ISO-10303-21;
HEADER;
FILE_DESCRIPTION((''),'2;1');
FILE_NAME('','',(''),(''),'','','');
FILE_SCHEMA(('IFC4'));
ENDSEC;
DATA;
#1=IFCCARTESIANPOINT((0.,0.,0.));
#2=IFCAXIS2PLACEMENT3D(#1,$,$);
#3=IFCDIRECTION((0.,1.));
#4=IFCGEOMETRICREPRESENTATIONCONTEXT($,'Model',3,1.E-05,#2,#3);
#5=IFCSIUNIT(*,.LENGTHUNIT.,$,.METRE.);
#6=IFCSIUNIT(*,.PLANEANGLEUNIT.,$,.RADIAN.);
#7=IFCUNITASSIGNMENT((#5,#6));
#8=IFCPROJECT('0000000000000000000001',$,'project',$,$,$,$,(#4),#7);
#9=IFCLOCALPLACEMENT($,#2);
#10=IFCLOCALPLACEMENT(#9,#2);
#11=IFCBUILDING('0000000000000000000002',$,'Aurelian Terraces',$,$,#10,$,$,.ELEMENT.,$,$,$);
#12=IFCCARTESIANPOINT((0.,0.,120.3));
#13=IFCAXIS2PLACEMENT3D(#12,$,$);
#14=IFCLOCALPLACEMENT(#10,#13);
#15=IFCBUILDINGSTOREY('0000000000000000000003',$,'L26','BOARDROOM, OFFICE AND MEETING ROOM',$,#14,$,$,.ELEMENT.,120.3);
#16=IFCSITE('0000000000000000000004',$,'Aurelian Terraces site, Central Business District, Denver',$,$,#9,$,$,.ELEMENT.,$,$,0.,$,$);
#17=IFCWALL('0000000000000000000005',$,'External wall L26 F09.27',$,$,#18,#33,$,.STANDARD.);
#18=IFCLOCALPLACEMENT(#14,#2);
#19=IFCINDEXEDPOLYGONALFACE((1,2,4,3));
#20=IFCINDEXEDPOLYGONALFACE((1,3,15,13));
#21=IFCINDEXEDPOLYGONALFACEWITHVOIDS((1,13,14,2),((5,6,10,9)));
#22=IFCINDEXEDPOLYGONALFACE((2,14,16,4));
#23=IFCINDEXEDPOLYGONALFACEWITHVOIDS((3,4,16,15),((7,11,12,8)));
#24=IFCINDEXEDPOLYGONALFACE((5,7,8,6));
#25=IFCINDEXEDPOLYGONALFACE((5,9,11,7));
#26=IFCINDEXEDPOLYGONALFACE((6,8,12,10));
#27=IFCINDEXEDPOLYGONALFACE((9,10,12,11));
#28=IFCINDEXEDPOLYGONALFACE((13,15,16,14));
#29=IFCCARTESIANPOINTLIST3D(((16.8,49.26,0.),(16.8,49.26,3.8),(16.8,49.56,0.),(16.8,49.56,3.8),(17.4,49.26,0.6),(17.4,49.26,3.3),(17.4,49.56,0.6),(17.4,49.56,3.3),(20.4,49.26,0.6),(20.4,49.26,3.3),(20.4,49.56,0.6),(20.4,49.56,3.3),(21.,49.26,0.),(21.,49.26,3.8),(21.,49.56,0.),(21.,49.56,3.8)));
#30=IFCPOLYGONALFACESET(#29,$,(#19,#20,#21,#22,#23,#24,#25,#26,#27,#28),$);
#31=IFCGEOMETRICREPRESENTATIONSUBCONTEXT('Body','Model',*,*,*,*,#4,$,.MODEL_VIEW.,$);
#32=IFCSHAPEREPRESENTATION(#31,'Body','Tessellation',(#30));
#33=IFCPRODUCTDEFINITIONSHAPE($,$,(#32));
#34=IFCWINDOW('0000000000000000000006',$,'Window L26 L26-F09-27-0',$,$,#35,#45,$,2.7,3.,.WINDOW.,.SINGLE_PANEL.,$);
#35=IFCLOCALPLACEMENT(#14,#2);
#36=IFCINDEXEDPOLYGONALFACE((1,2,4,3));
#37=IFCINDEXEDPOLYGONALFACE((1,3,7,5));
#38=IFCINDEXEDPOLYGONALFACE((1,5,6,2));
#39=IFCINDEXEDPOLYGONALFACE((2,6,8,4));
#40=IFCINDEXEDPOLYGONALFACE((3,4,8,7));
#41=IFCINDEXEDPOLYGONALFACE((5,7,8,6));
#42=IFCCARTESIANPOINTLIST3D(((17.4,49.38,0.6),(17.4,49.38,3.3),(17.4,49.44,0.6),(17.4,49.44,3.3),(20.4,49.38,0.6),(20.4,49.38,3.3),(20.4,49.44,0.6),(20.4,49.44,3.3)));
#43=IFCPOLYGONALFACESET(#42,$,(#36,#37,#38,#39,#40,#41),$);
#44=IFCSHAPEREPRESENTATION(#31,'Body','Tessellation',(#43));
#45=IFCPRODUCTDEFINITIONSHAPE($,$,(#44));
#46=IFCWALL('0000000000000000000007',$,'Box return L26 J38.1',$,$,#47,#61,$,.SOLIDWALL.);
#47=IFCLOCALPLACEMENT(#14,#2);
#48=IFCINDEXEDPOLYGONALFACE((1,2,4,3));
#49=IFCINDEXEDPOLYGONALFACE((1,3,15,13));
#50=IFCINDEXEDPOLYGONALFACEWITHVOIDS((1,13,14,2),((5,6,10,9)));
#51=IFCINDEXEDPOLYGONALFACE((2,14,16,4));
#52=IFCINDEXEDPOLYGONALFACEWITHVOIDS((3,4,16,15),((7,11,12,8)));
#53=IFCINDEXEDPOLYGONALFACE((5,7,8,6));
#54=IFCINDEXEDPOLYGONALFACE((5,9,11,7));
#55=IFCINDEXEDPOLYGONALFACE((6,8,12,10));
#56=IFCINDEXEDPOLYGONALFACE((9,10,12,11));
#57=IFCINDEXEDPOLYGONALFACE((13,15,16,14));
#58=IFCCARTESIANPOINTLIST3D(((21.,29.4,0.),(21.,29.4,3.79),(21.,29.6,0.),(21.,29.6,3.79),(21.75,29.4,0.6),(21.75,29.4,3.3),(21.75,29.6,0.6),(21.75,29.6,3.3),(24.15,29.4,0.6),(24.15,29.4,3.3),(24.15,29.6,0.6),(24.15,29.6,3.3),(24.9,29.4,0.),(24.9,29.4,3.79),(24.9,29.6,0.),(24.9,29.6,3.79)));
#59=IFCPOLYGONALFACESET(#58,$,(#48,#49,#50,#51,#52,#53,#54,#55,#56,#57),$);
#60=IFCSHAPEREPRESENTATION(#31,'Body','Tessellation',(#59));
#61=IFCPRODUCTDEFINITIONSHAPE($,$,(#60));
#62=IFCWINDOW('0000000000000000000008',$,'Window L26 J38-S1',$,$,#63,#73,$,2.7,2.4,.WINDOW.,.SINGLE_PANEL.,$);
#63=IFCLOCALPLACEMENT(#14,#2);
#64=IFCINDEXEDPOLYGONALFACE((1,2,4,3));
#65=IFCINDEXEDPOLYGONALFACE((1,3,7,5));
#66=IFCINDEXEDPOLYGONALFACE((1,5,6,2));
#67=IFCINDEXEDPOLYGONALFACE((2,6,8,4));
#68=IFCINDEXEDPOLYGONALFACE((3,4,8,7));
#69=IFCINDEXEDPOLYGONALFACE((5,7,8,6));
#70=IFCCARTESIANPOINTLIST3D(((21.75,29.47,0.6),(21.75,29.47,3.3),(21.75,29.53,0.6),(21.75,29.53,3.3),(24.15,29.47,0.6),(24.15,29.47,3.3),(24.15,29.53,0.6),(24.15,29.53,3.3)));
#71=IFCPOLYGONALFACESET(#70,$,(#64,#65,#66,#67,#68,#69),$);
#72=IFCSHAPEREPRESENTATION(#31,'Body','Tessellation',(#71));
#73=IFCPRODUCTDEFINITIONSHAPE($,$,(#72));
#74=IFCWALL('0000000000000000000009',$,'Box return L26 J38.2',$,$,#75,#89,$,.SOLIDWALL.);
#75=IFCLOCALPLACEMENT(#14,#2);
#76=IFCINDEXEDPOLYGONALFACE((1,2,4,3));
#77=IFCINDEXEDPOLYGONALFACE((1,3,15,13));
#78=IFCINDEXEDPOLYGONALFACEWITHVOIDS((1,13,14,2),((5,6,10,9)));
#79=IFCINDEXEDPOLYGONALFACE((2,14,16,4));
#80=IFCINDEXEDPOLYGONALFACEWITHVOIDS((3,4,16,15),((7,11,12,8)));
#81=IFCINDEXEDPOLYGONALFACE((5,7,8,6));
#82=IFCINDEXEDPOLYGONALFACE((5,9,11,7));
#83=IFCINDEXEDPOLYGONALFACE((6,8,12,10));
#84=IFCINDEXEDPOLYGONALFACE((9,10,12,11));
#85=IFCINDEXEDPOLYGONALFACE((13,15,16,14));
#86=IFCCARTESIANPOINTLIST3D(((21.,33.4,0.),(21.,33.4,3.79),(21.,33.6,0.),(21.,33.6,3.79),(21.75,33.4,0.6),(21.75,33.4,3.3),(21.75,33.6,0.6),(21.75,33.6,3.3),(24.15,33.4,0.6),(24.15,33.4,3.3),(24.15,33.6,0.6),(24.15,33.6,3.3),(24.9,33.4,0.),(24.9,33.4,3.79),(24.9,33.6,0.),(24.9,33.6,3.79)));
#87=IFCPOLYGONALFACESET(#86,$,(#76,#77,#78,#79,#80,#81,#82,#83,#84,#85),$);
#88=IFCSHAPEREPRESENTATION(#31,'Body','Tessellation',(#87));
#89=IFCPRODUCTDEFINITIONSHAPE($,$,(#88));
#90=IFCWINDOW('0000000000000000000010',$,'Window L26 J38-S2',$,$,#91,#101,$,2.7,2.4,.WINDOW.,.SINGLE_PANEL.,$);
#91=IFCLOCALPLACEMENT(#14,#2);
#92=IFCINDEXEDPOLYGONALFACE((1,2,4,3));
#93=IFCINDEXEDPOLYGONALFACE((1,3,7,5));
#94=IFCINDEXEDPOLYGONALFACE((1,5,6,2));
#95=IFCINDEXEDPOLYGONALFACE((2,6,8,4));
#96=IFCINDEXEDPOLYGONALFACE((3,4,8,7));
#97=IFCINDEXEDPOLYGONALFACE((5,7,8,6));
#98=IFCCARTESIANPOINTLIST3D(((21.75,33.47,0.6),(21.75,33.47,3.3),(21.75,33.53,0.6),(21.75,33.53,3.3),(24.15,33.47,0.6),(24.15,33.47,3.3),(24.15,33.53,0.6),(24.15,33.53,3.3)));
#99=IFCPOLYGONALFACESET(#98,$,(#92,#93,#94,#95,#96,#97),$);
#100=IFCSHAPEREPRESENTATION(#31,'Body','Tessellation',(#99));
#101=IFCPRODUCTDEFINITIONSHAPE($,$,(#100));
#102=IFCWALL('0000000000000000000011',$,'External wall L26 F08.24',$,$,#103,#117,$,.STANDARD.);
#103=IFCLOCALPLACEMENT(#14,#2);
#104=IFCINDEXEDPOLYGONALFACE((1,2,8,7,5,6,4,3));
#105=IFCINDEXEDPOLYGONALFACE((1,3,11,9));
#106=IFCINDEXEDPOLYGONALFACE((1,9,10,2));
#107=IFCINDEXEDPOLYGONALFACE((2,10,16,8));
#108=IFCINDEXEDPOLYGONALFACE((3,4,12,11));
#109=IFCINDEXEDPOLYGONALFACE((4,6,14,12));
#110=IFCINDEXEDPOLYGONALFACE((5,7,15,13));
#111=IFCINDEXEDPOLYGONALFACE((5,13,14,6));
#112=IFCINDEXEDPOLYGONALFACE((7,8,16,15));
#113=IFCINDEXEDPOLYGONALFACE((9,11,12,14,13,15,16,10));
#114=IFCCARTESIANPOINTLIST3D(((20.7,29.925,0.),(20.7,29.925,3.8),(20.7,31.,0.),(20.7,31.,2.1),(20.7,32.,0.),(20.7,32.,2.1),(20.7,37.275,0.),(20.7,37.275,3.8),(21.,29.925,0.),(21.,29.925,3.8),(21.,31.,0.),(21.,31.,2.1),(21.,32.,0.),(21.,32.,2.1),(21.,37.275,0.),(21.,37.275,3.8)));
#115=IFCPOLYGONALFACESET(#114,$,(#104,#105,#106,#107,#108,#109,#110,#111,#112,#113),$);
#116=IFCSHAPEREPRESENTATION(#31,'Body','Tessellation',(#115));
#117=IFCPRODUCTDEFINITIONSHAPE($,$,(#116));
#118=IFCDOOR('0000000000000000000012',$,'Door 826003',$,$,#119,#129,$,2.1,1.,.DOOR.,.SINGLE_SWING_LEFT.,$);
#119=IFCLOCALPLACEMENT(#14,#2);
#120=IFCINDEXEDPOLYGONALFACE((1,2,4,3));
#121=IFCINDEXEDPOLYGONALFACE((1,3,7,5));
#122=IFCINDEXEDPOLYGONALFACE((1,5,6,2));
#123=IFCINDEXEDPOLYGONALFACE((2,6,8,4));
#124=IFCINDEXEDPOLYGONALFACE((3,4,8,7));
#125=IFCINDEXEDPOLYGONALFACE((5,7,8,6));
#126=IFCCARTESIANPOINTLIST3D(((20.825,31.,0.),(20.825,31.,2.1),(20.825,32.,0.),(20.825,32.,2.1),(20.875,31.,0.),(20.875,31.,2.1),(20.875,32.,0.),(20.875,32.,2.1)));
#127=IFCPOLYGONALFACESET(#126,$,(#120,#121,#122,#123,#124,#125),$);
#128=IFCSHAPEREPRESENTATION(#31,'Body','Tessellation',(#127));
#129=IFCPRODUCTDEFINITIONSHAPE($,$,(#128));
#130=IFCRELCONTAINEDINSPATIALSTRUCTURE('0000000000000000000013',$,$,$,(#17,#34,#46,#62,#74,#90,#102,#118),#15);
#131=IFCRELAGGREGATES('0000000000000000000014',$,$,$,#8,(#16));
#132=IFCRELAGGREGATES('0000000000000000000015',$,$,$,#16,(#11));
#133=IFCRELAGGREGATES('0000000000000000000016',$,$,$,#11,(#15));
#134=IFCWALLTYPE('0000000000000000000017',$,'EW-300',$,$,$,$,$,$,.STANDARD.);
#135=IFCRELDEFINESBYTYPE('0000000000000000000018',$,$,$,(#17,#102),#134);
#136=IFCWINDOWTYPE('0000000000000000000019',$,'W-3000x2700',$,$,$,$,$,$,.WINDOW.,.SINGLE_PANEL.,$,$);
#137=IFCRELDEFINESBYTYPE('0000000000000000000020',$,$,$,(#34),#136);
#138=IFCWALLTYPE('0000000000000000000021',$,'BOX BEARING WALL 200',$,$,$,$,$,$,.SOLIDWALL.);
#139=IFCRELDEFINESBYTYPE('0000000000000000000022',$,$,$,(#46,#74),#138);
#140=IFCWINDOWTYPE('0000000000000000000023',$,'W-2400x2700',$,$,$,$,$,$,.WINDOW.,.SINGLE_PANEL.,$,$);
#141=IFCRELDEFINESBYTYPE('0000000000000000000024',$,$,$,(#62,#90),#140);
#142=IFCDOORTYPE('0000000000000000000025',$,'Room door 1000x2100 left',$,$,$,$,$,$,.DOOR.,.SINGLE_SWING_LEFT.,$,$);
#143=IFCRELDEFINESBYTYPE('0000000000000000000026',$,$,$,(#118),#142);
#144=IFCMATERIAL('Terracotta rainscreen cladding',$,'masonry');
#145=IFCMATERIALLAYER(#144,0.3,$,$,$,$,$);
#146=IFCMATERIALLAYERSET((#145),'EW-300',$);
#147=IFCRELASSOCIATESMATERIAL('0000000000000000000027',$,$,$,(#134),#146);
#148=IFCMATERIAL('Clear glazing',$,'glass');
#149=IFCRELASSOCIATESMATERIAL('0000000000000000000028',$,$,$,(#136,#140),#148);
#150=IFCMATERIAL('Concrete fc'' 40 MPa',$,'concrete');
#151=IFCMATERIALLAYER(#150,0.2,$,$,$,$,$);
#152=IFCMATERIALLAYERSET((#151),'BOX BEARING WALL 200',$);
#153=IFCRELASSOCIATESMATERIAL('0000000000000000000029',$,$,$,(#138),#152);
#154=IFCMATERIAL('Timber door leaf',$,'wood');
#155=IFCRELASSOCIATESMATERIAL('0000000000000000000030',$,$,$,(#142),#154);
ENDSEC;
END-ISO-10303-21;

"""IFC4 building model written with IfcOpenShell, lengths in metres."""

from ifc_helpers import new_model, si_unit, direction, frame, frame_2d, origin, place, context, subcontext, project, spatial, rectangle, extrude, source, transform, mapped, material, layer, layer_set, type_object, element, fill, save


model = new_model("IFC4")

# Units and contexts
model_context = context("Model", 3, precision=1e-05, world=origin(), true_north=direction((0.0, 1.0)))
body_context = subcontext(model_context, "Body", "Model", "MODEL_VIEW")
ifc_project = project(units=[si_unit("LENGTHUNIT", "METRE"), si_unit("PLANEANGLEUNIT", "RADIAN")], contexts=[model_context])

# Site, building, storey
site_placement = place(None, origin())
site = spatial("IfcSite", under=ifc_project, at=site_placement, Name="Aurelian Terraces site, Central Business District, Denver", CompositionType="ELEMENT", RefElevation=0.0)
building_placement = place(site_placement, origin())
building = spatial("IfcBuilding", under=site, at=building_placement, Name="Aurelian Terraces", CompositionType="ELEMENT")
storey_placement = place(building_placement, frame((0.0, 0.0, 120.3)))
storey = spatial("IfcBuildingStorey", under=building, at=storey_placement, Name="L26", Description="BOARDROOM, OFFICE AND MEETING ROOM", CompositionType="ELEMENT", Elevation=120.3)

# Walls, openings, windows
ifc_material_1 = material(Name="Terracotta rainscreen cladding", Category="masonry")
ifc_layer_1 = layer(ifc_material_1, 0.3)
ifc_layer_set_1 = layer_set([ifc_layer_1], Name="EW-300")
wall_type_1 = type_object("IfcWallType", Name="EW-300", PredefinedType="STANDARD", material=ifc_layer_set_1)
shared_shape_1 = source(origin(), body_context, "Body", "SweptSolid", [
    extrude(rectangle(XDim=4.2, YDim=0.3, at=frame_2d((2.1, 0.0))), origin(), (0.0, 0.0, 1.0), 3.8),
])
wall_1_placement = place(storey_placement, frame((21.0, 49.41, 0.0), z_axis=(0.0, 0.0, 1.0), x_axis=(-1.0, 0.0, 0.0)))
wall_1 = element("IfcWall", 1, at=wall_1_placement, inside=storey, type_object=wall_type_1, Name="External wall L26 F09.27", PredefinedType="STANDARD", context=body_context, shape_type="MappedRepresentation", body=[
    mapped(shared_shape_1, transform((0.0, 0.0, 0.0), scale=1.0)),
])
shared_shape_2 = source(origin(), body_context, "Body", "SweptSolid", [
    extrude(rectangle(XDim=3.0, YDim=2.7, at=frame_2d((1.5, 1.35))), frame((0.0, 0.16, 0.0), z_axis=(0.0, -1.0, 0.0), x_axis=(1.0, 0.0, 0.0)), (0.0, 0.0, 1.0), 0.32),
])
opening_1_placement = place(wall_1_placement, frame((0.6, 0.0, 0.6)))
opening_1 = element("IfcOpeningElement", 2, at=opening_1_placement, cuts=wall_1, PredefinedType="OPENING", context=body_context, shape_type="MappedRepresentation", body=[
    mapped(shared_shape_2, transform((0.0, 0.0, 0.0), scale=1.0)),
])
ifc_material_2 = material(Name="Clear glazing", Category="glass")
window_type_1 = type_object("IfcWindowType", Name="W-3000x2700", PartitioningType="SINGLE_PANEL", PredefinedType="WINDOW", material=ifc_material_2)
shared_shape_3 = source(origin(), body_context, "Body", "SweptSolid", [
    extrude(rectangle(XDim=3.0, YDim=2.7, at=frame_2d((1.5, 1.35))), frame((0.0, 0.03, 0.0), z_axis=(0.0, -1.0, 0.0), x_axis=(1.0, 0.0, 0.0)), (0.0, 0.0, 1.0), 0.06),
])
window_1_placement = place(opening_1_placement, origin())
window_1 = element("IfcWindow", 3, at=window_1_placement, inside=storey, type_object=window_type_1, Name="Window L26 L26-F09-27-0", OverallHeight=2.7, OverallWidth=3.0, PartitioningType="SINGLE_PANEL", PredefinedType="WINDOW", context=body_context, shape_type="MappedRepresentation", body=[
    mapped(shared_shape_3, transform((0.0, 0.0, 0.0), scale=1.0)),
])
fill(opening_1, window_1)
ifc_material_3 = material(Name="Concrete fc' 40 MPa", Category="concrete")
ifc_layer_2 = layer(ifc_material_3, 0.2)
ifc_layer_set_2 = layer_set([ifc_layer_2], Name="BOX BEARING WALL 200")
wall_type_2 = type_object("IfcWallType", Name="BOX BEARING WALL 200", PredefinedType="SOLIDWALL", material=ifc_layer_set_2)
shared_shape_4 = source(origin(), body_context, "Body", "SweptSolid", [
    extrude(rectangle(XDim=3.9, YDim=0.2, at=frame_2d((1.95, 0.0))), origin(), (0.0, 0.0, 1.0), 3.79),
])
wall_2_placement = place(storey_placement, frame((21.0, 29.5, 0.0), z_axis=(0.0, 0.0, 1.0), x_axis=(1.0, 0.0, 0.0)))
wall_2 = element("IfcWall", 4, at=wall_2_placement, inside=storey, type_object=wall_type_2, Name="Box return L26 J38.1", PredefinedType="SOLIDWALL", context=body_context, shape_type="MappedRepresentation", body=[
    mapped(shared_shape_4, transform((0.0, 0.0, 0.0), scale=1.0)),
])
shared_shape_5 = source(origin(), body_context, "Body", "SweptSolid", [
    extrude(rectangle(XDim=2.4, YDim=2.7, at=frame_2d((1.2, 1.35))), frame((0.0, 0.11, 0.0), z_axis=(0.0, -1.0, 0.0), x_axis=(1.0, 0.0, 0.0)), (0.0, 0.0, 1.0), 0.22),
])
opening_2_placement = place(wall_2_placement, frame((0.75, 0.0, 0.6)))
opening_2 = element("IfcOpeningElement", 5, at=opening_2_placement, cuts=wall_2, PredefinedType="OPENING", context=body_context, shape_type="MappedRepresentation", body=[
    mapped(shared_shape_5, transform((0.0, 0.0, 0.0), scale=1.0)),
])
window_type_2 = type_object("IfcWindowType", Name="W-2400x2700", PartitioningType="SINGLE_PANEL", PredefinedType="WINDOW", material=ifc_material_2)
shared_shape_6 = source(origin(), body_context, "Body", "SweptSolid", [
    extrude(rectangle(XDim=2.4, YDim=2.7, at=frame_2d((1.2, 1.35))), frame((0.0, 0.03, 0.0), z_axis=(0.0, -1.0, 0.0), x_axis=(1.0, 0.0, 0.0)), (0.0, 0.0, 1.0), 0.06),
])
window_2_placement = place(opening_2_placement, origin())
window_2 = element("IfcWindow", 6, at=window_2_placement, inside=storey, type_object=window_type_2, Name="Window L26 J38-S1", OverallHeight=2.7, OverallWidth=2.4, PartitioningType="SINGLE_PANEL", PredefinedType="WINDOW", context=body_context, shape_type="MappedRepresentation", body=[
    mapped(shared_shape_6, transform((0.0, 0.0, 0.0), scale=1.0)),
])
fill(opening_2, window_2)
wall_3_placement = place(storey_placement, frame((21.0, 33.5, 0.0), z_axis=(0.0, 0.0, 1.0), x_axis=(1.0, 0.0, 0.0)))
wall_3 = element("IfcWall", 7, at=wall_3_placement, inside=storey, type_object=wall_type_2, Name="Box return L26 J38.2", PredefinedType="SOLIDWALL", context=body_context, shape_type="MappedRepresentation", body=[
    mapped(shared_shape_4, transform((0.0, 0.0, 0.0), scale=1.0)),
])
opening_3_placement = place(wall_3_placement, frame((0.75, 0.0, 0.6)))
opening_3 = element("IfcOpeningElement", 8, at=opening_3_placement, cuts=wall_3, PredefinedType="OPENING", context=body_context, shape_type="MappedRepresentation", body=[
    mapped(shared_shape_5, transform((0.0, 0.0, 0.0), scale=1.0)),
])
window_3_placement = place(opening_3_placement, origin())
window_3 = element("IfcWindow", 9, at=window_3_placement, inside=storey, type_object=window_type_2, Name="Window L26 J38-S2", OverallHeight=2.7, OverallWidth=2.4, PartitioningType="SINGLE_PANEL", PredefinedType="WINDOW", context=body_context, shape_type="MappedRepresentation", body=[
    mapped(shared_shape_6, transform((0.0, 0.0, 0.0), scale=1.0)),
])
fill(opening_3, window_3)

# Wall, opening, door
shared_shape_7 = source(origin(), body_context, "Body", "SweptSolid", [
    extrude(rectangle(XDim=7.35, YDim=0.3, at=frame_2d((3.675, 0.0))), origin(), (0.0, 0.0, 1.0), 3.8),
])
wall_4_placement = place(storey_placement, frame((20.85, 29.925, 0.0), z_axis=(0.0, 0.0, 1.0), x_axis=(0.0, 1.0, 0.0)))
wall_4 = element("IfcWall", 10, at=wall_4_placement, inside=storey, type_object=wall_type_1, Name="External wall L26 F08.24", PredefinedType="STANDARD", context=body_context, shape_type="MappedRepresentation", body=[
    mapped(shared_shape_7, transform((0.0, 0.0, 0.0), scale=1.0)),
])
shared_shape_8 = source(origin(), body_context, "Body", "SweptSolid", [
    extrude(rectangle(XDim=1.0, YDim=2.1, at=frame_2d((0.5, 1.05))), frame((0.0, 0.16, 0.0), z_axis=(0.0, -1.0, 0.0), x_axis=(1.0, 0.0, 0.0)), (0.0, 0.0, 1.0), 0.32),
])
opening_4_placement = place(wall_4_placement, frame((1.075, 0.0, 0.0)))
opening_4 = element("IfcOpeningElement", 11, at=opening_4_placement, cuts=wall_4, PredefinedType="OPENING", context=body_context, shape_type="MappedRepresentation", body=[
    mapped(shared_shape_8, transform((0.0, 0.0, 0.0), scale=1.0)),
])
ifc_material_4 = material(Name="Timber door leaf", Category="wood")
door_type = type_object("IfcDoorType", Name="Room door 1000x2100 left", OperationType="SINGLE_SWING_LEFT", PredefinedType="DOOR", material=ifc_material_4)
shared_shape_9 = source(origin(), body_context, "Body", "SweptSolid", [
    extrude(rectangle(XDim=1.0, YDim=2.1, at=frame_2d((0.5, 1.05))), frame((0.0, 0.025, 0.0), z_axis=(0.0, -1.0, 0.0), x_axis=(1.0, 0.0, 0.0)), (0.0, 0.0, 1.0), 0.05),
])
door_placement = place(opening_4_placement, origin())
door = element("IfcDoor", 12, at=door_placement, inside=storey, type_object=door_type, Name="Door 826003", OperationType="SINGLE_SWING_LEFT", OverallHeight=2.1, OverallWidth=1.0, PredefinedType="DOOR", context=body_context, shape_type="MappedRepresentation", body=[
    mapped(shared_shape_9, transform((0.0, 0.0, 0.0), scale=1.0)),
])
fill(opening_4, door)

save(model, "model.ifc")
